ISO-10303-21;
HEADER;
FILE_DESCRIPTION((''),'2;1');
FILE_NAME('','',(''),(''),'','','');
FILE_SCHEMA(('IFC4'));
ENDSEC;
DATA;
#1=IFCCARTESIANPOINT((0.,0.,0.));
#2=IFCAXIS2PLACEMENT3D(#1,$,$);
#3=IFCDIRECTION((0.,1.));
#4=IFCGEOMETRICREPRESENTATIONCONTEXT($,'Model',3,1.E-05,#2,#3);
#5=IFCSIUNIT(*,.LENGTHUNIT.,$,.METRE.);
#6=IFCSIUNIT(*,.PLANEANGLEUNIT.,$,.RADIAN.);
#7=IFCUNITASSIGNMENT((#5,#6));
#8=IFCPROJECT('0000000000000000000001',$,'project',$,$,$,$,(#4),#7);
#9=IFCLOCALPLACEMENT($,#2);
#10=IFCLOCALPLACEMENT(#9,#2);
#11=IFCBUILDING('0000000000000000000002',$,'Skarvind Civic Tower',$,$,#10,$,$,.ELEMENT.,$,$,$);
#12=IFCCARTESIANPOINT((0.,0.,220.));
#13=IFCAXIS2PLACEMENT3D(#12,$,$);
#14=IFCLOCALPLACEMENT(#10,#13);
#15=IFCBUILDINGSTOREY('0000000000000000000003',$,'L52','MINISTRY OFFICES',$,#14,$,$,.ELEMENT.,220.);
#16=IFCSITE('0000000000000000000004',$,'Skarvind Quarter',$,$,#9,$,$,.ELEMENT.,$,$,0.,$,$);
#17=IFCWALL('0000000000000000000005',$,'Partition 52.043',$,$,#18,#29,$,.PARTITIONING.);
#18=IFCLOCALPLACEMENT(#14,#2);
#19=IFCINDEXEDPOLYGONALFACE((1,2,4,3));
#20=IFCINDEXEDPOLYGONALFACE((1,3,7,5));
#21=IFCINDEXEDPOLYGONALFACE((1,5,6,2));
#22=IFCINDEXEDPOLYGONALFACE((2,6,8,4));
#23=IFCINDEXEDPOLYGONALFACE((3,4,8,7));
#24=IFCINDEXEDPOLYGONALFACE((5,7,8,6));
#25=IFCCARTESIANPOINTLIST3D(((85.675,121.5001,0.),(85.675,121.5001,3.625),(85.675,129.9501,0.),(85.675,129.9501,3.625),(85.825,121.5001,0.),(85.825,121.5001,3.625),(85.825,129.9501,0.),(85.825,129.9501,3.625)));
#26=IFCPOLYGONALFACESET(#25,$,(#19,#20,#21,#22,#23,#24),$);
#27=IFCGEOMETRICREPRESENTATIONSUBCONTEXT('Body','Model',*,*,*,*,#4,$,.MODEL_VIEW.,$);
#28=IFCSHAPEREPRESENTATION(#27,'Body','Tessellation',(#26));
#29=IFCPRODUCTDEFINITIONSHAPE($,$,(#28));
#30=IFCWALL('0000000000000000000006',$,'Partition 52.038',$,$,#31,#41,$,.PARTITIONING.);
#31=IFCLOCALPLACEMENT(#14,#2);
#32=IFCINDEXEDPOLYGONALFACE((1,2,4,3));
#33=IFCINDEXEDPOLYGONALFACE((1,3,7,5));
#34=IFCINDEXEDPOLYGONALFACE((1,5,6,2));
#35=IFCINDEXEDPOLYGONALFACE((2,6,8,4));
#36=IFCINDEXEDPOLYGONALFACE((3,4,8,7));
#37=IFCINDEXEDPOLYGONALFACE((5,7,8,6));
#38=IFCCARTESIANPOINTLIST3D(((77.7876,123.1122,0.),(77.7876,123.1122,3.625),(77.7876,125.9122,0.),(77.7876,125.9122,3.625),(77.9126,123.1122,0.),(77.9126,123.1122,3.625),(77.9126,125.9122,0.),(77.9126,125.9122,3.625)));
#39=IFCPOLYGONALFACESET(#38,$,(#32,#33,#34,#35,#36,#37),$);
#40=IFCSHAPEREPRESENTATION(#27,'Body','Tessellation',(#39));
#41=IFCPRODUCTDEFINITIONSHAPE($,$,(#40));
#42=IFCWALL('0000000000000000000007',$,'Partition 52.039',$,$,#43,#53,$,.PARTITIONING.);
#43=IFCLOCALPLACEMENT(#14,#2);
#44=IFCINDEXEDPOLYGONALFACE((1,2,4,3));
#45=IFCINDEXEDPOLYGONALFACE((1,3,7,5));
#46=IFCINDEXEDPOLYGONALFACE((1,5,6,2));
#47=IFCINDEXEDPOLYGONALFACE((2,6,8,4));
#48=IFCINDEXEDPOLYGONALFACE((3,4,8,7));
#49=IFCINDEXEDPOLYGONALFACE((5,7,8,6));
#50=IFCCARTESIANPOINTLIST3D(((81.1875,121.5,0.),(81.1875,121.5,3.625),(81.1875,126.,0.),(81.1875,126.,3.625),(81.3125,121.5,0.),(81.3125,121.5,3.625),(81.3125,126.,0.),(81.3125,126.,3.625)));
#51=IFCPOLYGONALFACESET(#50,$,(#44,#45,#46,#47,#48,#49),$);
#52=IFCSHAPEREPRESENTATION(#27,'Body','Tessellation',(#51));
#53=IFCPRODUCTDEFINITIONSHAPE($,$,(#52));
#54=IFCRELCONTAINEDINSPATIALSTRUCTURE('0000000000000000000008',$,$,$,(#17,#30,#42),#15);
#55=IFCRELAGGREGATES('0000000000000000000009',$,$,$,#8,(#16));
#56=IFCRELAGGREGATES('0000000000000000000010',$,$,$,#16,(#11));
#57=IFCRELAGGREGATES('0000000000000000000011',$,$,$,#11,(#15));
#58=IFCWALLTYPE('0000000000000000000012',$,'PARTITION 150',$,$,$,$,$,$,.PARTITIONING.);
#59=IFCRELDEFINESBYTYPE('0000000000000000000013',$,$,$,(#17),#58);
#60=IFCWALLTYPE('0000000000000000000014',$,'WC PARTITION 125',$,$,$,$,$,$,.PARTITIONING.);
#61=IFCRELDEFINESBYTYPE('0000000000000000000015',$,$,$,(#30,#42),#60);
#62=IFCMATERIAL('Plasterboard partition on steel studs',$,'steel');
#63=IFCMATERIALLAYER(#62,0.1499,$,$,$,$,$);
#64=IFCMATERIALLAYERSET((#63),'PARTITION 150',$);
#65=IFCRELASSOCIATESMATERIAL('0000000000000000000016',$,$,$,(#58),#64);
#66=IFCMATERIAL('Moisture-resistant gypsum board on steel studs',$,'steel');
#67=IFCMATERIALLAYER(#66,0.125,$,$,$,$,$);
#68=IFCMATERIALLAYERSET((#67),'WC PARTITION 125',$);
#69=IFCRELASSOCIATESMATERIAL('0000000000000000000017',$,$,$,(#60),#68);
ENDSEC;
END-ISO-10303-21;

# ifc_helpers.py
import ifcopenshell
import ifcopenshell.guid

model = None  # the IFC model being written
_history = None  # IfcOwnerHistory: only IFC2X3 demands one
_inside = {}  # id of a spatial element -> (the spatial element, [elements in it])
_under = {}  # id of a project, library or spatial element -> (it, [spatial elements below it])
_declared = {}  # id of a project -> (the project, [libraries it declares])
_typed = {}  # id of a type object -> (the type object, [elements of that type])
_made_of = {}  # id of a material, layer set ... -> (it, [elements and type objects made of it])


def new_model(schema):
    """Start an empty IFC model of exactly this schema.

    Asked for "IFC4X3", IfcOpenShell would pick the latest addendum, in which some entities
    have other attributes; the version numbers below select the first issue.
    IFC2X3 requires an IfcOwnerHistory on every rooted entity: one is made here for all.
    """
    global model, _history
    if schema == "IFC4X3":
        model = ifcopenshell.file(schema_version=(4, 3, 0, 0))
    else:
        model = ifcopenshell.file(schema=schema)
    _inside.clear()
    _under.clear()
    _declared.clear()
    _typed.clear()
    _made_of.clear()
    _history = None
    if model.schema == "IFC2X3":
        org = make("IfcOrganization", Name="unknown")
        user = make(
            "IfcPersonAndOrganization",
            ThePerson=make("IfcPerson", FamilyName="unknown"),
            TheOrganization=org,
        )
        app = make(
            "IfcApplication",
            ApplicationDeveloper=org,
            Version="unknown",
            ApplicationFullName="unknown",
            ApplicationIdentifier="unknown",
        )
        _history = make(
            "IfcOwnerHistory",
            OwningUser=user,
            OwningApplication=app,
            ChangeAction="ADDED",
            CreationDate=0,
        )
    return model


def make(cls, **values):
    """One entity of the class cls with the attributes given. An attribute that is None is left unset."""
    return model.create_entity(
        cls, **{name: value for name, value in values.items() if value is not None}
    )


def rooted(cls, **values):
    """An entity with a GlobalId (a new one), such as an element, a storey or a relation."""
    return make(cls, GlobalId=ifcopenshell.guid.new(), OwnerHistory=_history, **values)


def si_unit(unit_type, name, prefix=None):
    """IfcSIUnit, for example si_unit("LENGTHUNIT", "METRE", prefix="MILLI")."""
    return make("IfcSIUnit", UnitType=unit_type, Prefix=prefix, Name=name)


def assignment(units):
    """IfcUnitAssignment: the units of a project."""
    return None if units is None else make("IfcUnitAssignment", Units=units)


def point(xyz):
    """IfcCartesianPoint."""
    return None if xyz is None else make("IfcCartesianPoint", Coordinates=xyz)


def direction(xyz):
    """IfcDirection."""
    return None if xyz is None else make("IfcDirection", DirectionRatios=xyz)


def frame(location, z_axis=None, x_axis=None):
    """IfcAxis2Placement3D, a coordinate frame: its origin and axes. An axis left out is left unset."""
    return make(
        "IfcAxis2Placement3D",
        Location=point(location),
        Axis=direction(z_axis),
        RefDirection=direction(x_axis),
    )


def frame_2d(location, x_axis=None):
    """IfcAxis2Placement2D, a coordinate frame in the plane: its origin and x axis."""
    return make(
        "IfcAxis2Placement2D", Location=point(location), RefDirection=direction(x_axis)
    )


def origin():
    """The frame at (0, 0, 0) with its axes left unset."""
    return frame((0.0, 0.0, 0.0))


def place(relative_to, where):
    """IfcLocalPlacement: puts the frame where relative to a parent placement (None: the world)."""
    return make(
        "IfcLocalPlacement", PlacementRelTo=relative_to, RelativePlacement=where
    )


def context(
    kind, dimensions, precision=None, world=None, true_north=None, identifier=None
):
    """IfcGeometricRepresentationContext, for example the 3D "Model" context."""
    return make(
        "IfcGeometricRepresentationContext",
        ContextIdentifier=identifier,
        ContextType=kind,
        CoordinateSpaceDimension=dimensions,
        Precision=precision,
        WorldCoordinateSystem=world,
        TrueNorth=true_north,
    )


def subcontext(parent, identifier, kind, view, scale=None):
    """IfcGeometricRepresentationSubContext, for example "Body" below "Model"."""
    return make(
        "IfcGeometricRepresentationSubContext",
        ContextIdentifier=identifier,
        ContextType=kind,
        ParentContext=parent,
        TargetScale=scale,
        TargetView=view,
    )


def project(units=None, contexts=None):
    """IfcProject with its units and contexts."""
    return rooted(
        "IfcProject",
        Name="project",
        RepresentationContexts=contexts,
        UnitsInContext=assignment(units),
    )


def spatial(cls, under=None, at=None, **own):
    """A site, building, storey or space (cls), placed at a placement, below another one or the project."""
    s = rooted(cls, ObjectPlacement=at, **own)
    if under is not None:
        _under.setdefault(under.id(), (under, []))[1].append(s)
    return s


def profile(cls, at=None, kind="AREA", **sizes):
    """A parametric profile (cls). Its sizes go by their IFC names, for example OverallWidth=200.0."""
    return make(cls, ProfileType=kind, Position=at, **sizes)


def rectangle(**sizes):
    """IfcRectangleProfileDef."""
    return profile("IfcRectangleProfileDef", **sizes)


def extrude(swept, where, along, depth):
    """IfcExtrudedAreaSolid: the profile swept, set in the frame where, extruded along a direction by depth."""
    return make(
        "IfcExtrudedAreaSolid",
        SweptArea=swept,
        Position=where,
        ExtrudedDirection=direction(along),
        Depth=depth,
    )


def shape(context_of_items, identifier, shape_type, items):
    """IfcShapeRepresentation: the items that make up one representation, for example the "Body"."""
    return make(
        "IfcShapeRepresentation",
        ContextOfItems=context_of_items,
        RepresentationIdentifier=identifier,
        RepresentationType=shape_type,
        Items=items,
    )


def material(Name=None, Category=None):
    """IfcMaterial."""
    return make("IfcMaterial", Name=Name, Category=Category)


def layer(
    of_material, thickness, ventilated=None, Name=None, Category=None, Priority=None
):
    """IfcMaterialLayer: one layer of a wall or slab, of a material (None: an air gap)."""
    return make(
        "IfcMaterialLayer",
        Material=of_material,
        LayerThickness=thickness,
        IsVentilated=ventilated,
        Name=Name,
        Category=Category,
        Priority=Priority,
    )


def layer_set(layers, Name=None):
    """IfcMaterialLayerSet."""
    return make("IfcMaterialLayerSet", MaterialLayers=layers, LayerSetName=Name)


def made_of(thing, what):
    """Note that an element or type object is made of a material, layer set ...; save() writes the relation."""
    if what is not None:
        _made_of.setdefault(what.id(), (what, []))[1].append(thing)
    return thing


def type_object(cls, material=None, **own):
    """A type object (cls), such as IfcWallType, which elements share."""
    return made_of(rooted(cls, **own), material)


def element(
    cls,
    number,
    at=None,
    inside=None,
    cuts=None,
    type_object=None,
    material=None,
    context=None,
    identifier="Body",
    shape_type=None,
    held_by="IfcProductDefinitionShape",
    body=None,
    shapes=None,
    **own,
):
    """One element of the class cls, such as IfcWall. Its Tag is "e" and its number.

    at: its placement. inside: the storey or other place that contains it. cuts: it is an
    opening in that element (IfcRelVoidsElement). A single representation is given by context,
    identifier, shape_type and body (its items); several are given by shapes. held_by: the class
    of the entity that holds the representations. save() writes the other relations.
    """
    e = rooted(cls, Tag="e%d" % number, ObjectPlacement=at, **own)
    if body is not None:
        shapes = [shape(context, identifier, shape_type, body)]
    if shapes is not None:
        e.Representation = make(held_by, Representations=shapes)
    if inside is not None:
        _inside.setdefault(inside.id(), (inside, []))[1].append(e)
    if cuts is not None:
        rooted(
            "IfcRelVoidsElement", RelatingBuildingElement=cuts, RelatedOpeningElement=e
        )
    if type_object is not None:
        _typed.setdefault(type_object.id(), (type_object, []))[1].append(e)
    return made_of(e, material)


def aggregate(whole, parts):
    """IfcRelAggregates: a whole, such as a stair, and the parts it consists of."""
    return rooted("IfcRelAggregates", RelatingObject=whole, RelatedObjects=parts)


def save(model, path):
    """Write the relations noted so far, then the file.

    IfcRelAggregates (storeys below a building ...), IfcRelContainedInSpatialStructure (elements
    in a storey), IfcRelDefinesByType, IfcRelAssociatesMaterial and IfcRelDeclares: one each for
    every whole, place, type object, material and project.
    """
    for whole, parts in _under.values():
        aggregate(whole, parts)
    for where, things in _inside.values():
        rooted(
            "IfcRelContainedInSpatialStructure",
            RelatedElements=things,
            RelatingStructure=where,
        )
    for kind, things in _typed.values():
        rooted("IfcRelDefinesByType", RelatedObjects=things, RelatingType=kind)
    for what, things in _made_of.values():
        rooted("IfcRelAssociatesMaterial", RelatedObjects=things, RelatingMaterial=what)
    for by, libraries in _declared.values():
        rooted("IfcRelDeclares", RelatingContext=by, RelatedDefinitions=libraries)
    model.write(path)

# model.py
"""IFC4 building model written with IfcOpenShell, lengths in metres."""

from ifc_helpers import new_model, si_unit, direction, frame, frame_2d, origin, place, context, subcontext, project, spatial, rectangle, extrude, material, layer, layer_set, type_object, element, save


model = new_model("IFC4")

# Units and contexts
model_context = context("Model", 3, precision=1e-05, world=origin(), true_north=direction((0.0, 1.0)))
body_context = subcontext(model_context, "Body", "Model", "MODEL_VIEW")
ifc_project = project(units=[si_unit("LENGTHUNIT", "METRE"), si_unit("PLANEANGLEUNIT", "RADIAN")], contexts=[model_context])

# Site, building, storey
site_placement = place(None, origin())
site = spatial("IfcSite", under=ifc_project, at=site_placement, Name="Skarvind Quarter", CompositionType="ELEMENT", RefElevation=0.0)
building_placement = place(site_placement, origin())
building = spatial("IfcBuilding", under=site, at=building_placement, Name="Skarvind Civic Tower", CompositionType="ELEMENT")
storey_placement = place(building_placement, frame((0.0, 0.0, 220.0)))
storey = spatial("IfcBuildingStorey", under=building, at=storey_placement, Name="L52", Description="MINISTRY OFFICES", CompositionType="ELEMENT", Elevation=220.0)

# Shared definitions
ifc_material_1 = material(Name="Plasterboard partition on steel studs", Category="steel")
ifc_layer_1 = layer(ifc_material_1, 0.1499)
ifc_layer_set_1 = layer_set([ifc_layer_1], Name="PARTITION 150")
wall_type_1 = type_object("IfcWallType", Name="PARTITION 150", PredefinedType="PARTITIONING", material=ifc_layer_set_1)

# Walls
wall_1_placement = place(storey_placement, frame((85.75, 121.5, 0.0), z_axis=(0.0, 0.0, 1.0), x_axis=(0.0, 1.0, 0.0)))
element("IfcWall", 1, at=wall_1_placement, inside=storey, type_object=wall_type_1, Name="Partition 52.043", PredefinedType="PARTITIONING", context=body_context, shape_type="SweptSolid", body=[
    extrude(rectangle(XDim=8.45, YDim=0.1499, at=frame_2d((4.2251, 0.0))), origin(), (0.0, 0.0, 1.0), 3.625),
])
ifc_material_2 = material(Name="Moisture-resistant gypsum board on steel studs", Category="steel")
ifc_layer_2 = layer(ifc_material_2, 0.125)
ifc_layer_set_2 = layer_set([ifc_layer_2], Name="WC PARTITION 125")
wall_type_2 = type_object("IfcWallType", Name="WC PARTITION 125", PredefinedType="PARTITIONING", material=ifc_layer_set_2)
wall_2_placement = place(storey_placement, frame((77.8501, 125.9121, 0.0), z_axis=(0.0, 0.0, 1.0), x_axis=(0.0, -1.0, 0.0)))
element("IfcWall", 2, at=wall_2_placement, inside=storey, type_object=wall_type_2, Name="Partition 52.038", PredefinedType="PARTITIONING", context=body_context, shape_type="SweptSolid", body=[
    extrude(rectangle(XDim=2.8, YDim=0.125, at=frame_2d((1.3999, 0.0))), origin(), (0.0, 0.0, 1.0), 3.625),
])
wall_3_placement = place(storey_placement, frame((81.25, 121.5, 0.0), z_axis=(0.0, 0.0, 1.0), x_axis=(0.0, 1.0, 0.0)))
element("IfcWall", 3, at=wall_3_placement, inside=storey, type_object=wall_type_2, Name="Partition 52.039", PredefinedType="PARTITIONING", context=body_context, shape_type="SweptSolid", body=[
    extrude(rectangle(XDim=4.5, YDim=0.125, at=frame_2d((2.25, 0.0))), origin(), (0.0, 0.0, 1.0), 3.625),
])

save(model, "model.ifc")
